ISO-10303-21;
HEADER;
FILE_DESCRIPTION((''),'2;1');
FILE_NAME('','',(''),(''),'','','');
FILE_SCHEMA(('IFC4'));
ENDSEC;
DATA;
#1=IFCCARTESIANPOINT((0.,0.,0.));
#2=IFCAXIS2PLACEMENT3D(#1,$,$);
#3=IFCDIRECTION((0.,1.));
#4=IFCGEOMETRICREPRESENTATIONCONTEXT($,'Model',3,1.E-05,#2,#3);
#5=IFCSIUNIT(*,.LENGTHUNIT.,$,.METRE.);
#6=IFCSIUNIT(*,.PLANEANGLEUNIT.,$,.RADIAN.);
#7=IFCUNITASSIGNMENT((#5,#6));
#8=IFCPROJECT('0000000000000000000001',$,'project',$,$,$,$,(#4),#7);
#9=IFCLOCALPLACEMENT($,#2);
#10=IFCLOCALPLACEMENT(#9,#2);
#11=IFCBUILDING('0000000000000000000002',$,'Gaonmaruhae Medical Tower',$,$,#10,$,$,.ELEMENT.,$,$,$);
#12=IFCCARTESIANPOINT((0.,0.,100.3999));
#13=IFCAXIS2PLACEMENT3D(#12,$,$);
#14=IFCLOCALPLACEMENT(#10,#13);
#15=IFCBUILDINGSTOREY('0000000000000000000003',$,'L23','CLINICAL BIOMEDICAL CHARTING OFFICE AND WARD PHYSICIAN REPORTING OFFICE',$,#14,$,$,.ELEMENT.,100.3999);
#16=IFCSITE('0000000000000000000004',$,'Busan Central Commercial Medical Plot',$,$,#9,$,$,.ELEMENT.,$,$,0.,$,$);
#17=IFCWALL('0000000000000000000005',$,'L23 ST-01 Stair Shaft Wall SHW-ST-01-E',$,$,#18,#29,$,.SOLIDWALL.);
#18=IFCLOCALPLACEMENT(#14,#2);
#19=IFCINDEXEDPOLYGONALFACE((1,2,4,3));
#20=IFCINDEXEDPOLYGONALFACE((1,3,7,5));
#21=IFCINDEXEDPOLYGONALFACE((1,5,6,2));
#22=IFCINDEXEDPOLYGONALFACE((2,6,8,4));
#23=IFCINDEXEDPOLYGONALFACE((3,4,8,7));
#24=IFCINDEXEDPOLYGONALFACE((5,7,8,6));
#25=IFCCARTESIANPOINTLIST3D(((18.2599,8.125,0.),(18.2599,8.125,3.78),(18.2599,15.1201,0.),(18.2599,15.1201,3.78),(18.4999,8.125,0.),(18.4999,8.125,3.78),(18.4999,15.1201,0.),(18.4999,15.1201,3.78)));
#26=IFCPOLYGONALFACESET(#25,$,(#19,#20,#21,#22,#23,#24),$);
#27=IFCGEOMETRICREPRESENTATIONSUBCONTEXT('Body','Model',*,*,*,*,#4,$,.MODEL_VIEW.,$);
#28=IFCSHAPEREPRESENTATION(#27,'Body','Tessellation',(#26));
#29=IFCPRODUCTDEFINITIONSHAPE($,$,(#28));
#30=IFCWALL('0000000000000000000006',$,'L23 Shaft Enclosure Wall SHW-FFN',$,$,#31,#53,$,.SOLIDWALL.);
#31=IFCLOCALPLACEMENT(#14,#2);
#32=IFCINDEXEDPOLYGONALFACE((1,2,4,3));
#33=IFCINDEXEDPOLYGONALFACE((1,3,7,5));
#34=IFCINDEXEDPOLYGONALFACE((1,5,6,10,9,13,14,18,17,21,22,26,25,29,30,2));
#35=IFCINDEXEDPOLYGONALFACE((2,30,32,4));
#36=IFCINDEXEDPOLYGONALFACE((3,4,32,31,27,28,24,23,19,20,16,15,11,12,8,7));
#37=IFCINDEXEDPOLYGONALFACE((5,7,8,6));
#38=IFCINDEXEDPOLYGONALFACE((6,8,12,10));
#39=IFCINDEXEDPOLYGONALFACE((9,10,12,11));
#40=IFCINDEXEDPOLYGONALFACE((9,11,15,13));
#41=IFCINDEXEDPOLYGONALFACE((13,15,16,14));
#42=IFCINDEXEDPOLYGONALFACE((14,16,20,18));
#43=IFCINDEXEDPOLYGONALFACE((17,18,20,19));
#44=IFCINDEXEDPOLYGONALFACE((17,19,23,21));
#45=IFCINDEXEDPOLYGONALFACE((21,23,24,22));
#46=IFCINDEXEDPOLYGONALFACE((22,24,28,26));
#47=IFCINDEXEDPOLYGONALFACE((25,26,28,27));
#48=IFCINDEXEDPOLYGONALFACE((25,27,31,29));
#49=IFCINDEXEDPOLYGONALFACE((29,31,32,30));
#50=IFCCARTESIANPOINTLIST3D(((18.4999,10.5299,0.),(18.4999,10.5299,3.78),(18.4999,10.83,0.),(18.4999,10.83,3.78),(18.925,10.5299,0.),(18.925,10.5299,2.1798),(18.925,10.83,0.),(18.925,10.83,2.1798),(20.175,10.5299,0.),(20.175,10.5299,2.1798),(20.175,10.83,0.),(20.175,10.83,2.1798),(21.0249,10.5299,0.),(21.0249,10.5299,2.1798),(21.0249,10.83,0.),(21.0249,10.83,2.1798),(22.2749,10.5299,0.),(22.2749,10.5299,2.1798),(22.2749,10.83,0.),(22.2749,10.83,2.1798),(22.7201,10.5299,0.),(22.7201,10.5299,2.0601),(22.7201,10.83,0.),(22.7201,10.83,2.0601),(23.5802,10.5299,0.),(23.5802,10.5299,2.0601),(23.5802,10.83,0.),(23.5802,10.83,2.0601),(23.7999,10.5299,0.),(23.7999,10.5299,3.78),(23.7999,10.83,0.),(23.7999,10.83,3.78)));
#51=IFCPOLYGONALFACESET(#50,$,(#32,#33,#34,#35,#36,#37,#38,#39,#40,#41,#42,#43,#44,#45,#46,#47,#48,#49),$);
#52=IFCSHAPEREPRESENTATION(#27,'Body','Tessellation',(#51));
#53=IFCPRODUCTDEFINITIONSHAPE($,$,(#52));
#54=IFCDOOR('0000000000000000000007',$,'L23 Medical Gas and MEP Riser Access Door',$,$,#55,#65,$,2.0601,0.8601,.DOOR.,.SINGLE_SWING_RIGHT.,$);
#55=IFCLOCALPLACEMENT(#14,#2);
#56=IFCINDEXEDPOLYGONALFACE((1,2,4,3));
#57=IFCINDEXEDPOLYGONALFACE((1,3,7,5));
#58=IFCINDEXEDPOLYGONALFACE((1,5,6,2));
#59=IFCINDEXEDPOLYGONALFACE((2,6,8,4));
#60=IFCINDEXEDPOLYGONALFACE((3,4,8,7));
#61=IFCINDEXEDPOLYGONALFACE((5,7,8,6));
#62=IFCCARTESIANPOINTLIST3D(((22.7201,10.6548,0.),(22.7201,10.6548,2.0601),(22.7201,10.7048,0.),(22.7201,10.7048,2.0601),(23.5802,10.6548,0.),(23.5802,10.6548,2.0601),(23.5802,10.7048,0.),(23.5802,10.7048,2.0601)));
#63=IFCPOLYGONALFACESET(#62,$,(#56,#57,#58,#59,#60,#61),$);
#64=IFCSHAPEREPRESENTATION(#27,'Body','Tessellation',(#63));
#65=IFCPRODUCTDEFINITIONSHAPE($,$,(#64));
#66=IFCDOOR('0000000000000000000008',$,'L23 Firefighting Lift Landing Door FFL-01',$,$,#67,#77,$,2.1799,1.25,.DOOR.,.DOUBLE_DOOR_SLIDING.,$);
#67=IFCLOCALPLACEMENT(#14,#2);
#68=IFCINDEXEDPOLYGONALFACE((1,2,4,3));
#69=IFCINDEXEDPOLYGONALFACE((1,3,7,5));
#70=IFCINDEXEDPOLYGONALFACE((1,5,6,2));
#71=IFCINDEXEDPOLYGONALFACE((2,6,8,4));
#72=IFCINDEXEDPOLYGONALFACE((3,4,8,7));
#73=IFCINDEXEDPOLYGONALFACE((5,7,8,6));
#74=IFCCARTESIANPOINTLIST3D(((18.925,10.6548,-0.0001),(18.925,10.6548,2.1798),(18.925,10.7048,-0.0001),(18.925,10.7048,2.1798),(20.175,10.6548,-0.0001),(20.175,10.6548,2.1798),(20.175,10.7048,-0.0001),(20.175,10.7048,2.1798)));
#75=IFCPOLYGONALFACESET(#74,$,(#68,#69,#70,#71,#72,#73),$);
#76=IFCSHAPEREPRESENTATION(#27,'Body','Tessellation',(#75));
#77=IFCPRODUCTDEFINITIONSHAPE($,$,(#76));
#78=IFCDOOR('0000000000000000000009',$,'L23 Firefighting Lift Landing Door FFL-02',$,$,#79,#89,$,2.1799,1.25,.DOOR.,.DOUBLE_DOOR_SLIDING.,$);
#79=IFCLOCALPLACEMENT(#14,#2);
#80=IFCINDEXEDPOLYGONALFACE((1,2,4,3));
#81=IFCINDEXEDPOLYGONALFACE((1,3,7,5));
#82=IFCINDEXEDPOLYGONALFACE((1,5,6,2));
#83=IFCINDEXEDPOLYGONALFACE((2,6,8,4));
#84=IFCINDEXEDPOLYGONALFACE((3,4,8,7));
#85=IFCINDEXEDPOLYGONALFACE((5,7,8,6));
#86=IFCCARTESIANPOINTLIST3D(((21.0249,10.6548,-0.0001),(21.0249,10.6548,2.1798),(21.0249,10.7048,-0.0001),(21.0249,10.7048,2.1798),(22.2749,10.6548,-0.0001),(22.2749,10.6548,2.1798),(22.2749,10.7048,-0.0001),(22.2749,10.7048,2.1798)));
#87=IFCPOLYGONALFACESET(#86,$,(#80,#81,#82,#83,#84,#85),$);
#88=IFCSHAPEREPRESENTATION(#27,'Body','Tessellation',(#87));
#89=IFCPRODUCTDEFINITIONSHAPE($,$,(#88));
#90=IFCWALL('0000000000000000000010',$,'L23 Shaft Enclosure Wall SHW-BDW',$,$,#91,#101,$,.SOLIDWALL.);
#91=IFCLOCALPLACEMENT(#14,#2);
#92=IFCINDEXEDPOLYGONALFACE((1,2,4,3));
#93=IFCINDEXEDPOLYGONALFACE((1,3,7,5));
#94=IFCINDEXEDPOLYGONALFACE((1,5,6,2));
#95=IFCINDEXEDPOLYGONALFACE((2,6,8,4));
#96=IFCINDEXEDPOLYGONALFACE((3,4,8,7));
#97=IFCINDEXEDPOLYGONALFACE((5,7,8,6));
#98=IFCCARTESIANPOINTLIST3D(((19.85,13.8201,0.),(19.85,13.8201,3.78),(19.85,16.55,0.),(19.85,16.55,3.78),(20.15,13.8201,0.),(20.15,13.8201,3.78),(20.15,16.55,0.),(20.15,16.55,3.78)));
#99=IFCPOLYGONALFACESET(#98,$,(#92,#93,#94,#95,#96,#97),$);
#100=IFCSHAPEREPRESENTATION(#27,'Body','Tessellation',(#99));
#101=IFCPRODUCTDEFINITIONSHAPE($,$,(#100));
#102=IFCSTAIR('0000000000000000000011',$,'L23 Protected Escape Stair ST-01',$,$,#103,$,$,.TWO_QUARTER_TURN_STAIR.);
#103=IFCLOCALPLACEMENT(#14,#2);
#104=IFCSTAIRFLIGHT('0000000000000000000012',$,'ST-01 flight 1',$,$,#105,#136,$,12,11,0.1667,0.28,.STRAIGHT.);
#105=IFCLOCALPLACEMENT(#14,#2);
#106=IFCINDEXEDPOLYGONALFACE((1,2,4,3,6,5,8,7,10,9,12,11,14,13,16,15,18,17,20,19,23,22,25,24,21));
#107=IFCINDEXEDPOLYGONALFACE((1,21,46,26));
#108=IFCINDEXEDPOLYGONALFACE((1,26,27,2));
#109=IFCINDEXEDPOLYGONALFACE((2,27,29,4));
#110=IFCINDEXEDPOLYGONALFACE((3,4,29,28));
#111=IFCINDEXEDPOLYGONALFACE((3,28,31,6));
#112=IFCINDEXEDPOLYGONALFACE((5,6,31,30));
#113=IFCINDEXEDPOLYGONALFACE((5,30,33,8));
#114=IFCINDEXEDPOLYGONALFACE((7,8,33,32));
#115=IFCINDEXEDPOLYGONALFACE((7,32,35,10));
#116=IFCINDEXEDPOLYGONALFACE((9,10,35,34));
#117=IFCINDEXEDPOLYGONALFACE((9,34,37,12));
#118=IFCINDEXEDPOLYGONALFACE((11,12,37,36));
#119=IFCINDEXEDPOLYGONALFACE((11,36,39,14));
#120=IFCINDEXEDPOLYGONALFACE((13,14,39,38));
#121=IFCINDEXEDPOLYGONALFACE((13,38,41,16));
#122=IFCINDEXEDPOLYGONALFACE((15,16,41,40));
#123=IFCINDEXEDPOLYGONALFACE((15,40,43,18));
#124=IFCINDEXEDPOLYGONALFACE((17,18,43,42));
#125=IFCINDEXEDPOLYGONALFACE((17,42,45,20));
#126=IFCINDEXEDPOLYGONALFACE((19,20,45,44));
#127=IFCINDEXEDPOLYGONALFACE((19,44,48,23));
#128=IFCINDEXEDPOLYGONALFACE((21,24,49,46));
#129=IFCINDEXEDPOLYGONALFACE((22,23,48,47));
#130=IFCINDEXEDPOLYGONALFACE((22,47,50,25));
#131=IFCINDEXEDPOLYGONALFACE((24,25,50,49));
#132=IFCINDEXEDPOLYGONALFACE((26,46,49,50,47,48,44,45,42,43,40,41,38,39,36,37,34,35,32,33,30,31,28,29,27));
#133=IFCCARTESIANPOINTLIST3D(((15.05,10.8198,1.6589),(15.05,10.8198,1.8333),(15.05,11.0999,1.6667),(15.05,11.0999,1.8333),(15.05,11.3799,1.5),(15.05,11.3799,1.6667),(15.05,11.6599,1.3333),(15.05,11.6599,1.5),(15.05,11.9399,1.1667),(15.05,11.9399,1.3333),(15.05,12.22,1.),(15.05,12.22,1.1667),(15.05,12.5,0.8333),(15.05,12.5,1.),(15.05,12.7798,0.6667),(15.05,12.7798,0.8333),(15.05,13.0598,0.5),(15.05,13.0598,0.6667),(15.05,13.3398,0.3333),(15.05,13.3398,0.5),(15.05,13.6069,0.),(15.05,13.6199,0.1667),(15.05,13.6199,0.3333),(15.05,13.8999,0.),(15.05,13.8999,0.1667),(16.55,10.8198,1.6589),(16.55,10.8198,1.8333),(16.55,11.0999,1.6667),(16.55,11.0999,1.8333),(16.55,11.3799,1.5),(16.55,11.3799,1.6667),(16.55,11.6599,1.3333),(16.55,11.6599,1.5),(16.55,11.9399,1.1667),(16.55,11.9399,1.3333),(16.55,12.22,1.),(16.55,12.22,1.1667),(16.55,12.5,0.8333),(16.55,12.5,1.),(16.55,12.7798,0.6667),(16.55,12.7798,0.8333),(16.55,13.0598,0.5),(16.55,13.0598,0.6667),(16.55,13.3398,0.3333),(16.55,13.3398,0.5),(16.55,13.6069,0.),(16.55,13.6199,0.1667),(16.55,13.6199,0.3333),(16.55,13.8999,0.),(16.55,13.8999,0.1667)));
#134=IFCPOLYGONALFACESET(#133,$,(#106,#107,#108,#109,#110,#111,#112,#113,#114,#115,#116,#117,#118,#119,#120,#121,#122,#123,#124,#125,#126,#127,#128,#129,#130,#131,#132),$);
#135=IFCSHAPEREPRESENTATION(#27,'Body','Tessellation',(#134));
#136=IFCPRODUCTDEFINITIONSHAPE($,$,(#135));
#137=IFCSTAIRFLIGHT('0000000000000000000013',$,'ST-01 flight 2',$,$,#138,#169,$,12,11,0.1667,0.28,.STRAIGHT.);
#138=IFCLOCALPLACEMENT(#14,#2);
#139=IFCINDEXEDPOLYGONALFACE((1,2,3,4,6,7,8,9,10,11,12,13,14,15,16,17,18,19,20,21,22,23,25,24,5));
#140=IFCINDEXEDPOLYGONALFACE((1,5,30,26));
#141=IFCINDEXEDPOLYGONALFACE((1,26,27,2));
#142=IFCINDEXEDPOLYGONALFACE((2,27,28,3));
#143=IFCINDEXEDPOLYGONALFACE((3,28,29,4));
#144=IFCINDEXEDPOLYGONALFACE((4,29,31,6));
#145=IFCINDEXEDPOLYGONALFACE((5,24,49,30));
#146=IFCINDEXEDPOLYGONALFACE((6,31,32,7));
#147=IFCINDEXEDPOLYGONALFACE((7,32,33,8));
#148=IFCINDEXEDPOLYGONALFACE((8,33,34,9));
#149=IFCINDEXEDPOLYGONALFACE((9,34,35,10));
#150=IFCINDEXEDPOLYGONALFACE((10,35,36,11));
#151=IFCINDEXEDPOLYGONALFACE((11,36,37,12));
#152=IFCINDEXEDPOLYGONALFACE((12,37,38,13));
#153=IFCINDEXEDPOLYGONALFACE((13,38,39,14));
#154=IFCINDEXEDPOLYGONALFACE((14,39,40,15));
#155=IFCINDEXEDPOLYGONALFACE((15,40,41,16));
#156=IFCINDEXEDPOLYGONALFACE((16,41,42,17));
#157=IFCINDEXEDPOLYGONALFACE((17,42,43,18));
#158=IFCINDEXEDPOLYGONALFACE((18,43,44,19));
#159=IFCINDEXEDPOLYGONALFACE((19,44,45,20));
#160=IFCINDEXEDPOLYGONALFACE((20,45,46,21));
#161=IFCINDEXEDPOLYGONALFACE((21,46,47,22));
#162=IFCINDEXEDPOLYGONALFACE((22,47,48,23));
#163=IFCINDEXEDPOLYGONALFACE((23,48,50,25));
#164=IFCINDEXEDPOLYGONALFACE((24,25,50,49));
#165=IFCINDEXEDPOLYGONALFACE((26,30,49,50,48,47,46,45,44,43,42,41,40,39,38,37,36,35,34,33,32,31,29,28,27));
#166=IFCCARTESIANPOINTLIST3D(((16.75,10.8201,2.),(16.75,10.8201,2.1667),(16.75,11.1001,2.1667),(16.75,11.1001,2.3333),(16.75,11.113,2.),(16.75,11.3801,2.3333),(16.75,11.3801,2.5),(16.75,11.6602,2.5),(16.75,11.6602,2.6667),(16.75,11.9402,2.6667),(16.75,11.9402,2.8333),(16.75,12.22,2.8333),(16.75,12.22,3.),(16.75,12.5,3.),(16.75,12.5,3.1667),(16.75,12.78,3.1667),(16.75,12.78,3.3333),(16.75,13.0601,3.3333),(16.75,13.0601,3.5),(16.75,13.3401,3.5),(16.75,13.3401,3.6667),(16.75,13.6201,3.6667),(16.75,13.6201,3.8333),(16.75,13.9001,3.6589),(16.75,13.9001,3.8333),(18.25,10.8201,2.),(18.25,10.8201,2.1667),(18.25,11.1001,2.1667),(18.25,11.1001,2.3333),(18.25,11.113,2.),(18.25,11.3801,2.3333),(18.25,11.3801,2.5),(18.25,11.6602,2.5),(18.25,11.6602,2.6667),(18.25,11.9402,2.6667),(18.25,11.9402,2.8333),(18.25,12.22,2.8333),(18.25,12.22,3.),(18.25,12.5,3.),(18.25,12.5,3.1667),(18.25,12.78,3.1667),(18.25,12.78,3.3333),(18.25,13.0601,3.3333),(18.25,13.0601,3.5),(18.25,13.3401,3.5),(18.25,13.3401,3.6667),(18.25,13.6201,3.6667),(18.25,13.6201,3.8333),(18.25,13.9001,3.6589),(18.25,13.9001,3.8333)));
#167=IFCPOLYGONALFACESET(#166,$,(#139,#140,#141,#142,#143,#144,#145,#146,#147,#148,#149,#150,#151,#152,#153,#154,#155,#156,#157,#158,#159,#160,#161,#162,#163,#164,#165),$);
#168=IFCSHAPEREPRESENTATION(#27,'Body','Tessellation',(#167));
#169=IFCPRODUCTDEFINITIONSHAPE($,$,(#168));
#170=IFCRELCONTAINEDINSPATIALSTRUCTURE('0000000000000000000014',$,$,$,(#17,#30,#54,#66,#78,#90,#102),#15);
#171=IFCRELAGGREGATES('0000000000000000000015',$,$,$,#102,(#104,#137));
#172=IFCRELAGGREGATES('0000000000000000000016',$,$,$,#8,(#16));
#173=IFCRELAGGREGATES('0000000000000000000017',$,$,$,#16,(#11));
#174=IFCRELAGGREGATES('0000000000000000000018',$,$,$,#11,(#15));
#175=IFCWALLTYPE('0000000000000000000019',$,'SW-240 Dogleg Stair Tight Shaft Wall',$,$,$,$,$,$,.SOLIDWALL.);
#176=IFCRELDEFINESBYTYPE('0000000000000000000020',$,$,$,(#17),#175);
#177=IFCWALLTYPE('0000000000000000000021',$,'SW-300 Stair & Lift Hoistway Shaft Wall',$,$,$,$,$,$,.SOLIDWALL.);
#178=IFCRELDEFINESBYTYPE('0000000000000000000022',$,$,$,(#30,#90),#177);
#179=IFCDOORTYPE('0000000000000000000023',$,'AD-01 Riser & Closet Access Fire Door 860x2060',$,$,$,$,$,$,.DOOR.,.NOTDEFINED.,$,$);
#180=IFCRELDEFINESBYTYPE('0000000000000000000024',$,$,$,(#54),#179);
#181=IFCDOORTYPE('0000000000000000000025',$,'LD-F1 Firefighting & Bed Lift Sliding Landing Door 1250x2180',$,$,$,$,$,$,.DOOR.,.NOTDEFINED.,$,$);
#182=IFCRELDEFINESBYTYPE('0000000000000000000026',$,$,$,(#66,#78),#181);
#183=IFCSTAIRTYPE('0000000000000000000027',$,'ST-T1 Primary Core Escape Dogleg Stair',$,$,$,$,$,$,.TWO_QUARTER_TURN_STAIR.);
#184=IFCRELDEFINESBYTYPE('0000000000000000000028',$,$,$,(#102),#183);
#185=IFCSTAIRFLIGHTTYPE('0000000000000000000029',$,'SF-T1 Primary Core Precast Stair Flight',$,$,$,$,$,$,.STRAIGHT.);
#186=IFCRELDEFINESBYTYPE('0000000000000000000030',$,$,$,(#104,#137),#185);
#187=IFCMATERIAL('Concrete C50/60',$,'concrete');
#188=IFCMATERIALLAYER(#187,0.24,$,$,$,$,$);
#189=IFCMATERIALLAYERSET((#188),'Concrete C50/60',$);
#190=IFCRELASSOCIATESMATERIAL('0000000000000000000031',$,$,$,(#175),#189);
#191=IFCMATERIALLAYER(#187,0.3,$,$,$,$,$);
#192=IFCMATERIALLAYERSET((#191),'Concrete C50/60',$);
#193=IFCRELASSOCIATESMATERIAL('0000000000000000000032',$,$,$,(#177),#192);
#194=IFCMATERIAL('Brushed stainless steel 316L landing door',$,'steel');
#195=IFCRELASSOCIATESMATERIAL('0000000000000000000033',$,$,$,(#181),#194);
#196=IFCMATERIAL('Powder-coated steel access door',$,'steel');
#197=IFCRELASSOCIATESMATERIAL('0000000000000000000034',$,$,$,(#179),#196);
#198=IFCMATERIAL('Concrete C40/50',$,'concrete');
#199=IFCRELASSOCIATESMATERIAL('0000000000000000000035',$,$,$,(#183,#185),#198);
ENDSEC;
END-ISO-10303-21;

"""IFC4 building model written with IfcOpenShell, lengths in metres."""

from ifc_helpers import new_model, si_unit, direction, frame, frame_2d, origin, place, context, subcontext, project, spatial, polyline, rectangle, outline, extrude, material, layer, layer_set, type_object, element, fill, aggregate, save


model = new_model("IFC4")

# Units and contexts
model_context = context("Model", 3, precision=1e-05, world=origin(), true_north=direction((0.0, 1.0)))
body_context = subcontext(model_context, "Body", "Model", "MODEL_VIEW")
ifc_project = project(units=[si_unit("LENGTHUNIT", "METRE"), si_unit("PLANEANGLEUNIT", "RADIAN")], contexts=[model_context])

# Site, building, storey
site_placement = place(None, origin())
site = spatial("IfcSite", under=ifc_project, at=site_placement, Name="Busan Central Commercial Medical Plot", CompositionType="ELEMENT", RefElevation=0.0)
building_placement = place(site_placement, origin())
building = spatial("IfcBuilding", under=site, at=building_placement, Name="Gaonmaruhae Medical Tower", CompositionType="ELEMENT")
storey_placement = place(building_placement, frame((0.0, 0.0, 100.3999)))
storey = spatial("IfcBuildingStorey", under=building, at=storey_placement, Name="L23", Description="CLINICAL BIOMEDICAL CHARTING OFFICE AND WARD PHYSICIAN REPORTING OFFICE", CompositionType="ELEMENT", Elevation=100.3999)

# Shared definitions
ifc_material_1 = material(Name="Concrete C50/60", Category="concrete")
ifc_layer_1 = layer(ifc_material_1, 0.24)
ifc_layer_set_1 = layer_set([ifc_layer_1], Name="Concrete C50/60")
wall_type_1 = type_object("IfcWallType", Name="SW-240 Dogleg Stair Tight Shaft Wall", PredefinedType="SOLIDWALL", material=ifc_layer_set_1)

# Wall
wall_1_placement = place(storey_placement, frame((18.3799, 15.1201, 0.0), z_axis=(0.0, 0.0, 1.0), x_axis=(0.0, -1.0, 0.0)))
element("IfcWall", 1, at=wall_1_placement, inside=storey, type_object=wall_type_1, Name="L23 ST-01 Stair Shaft Wall SHW-ST-01-E", PredefinedType="SOLIDWALL", context=body_context, shape_type="SweptSolid", body=[
    extrude(rectangle(XDim=6.9951, YDim=0.24, at=frame_2d((3.4976, 0.0))), origin(), (0.0, 0.0, 1.0), 3.78),
])

# Wall, openings, doors
ifc_layer_2 = layer(ifc_material_1, 0.3)
ifc_layer_set_2 = layer_set([ifc_layer_2], Name="Concrete C50/60")
wall_type_2 = type_object("IfcWallType", Name="SW-300 Stair & Lift Hoistway Shaft Wall", PredefinedType="SOLIDWALL", material=ifc_layer_set_2)
ifc_material_2 = material(Name="Brushed stainless steel 316L landing door", Category="steel")
door_type_1 = type_object("IfcDoorType", Name="LD-F1 Firefighting & Bed Lift Sliding Landing Door 1250x2180", OperationType="NOTDEFINED", PredefinedType="DOOR", material=ifc_material_2)
wall_2_placement = place(storey_placement, frame((18.5, 10.6799, 0.0), z_axis=(0.0, 0.0, 1.0), x_axis=(1.0, 0.0, 0.0)))
wall_2 = element("IfcWall", 2, at=wall_2_placement, inside=storey, type_object=wall_type_2, Name="L23 Shaft Enclosure Wall SHW-FFN", PredefinedType="SOLIDWALL", context=body_context, shape_type="SweptSolid", body=[
    extrude(rectangle(XDim=5.3, YDim=0.3, at=frame_2d((2.6499, 0.0))), origin(), (0.0, 0.0, 1.0), 3.78),
])
opening_1_placement = place(wall_2_placement, frame((4.22, 0.0, 0.0)))
opening_1 = element("IfcOpeningElement", 3, at=opening_1_placement, cuts=wall_2, PredefinedType="OPENING", context=body_context, shape_type="SweptSolid", body=[
    extrude(rectangle(XDim=0.8601, YDim=2.0601, at=frame_2d((0.4302, 1.03))), frame((0.0, 0.1602, 0.0), z_axis=(0.0, -1.0, 0.0), x_axis=(1.0, 0.0, 0.0)), (0.0, 0.0, 1.0), 0.3201),
])
opening_2_placement = place(wall_2_placement, frame((0.425, 0.0, 0.0)))
opening_2 = element("IfcOpeningElement", 4, at=opening_2_placement, cuts=wall_2, PredefinedType="OPENING", context=body_context, shape_type="SweptSolid", body=[
    extrude(rectangle(XDim=1.25, YDim=2.1799, at=frame_2d((0.625, 1.0898))), frame((0.0, 0.1602, 0.0), z_axis=(0.0, -1.0, 0.0), x_axis=(1.0, 0.0, 0.0)), (0.0, 0.0, 1.0), 0.3201),
])
opening_3_placement = place(wall_2_placement, frame((2.5249, 0.0, 0.0)))
opening_3 = element("IfcOpeningElement", 5, at=opening_3_placement, cuts=wall_2, PredefinedType="OPENING", context=body_context, shape_type="SweptSolid", body=[
    extrude(rectangle(XDim=1.25, YDim=2.1799, at=frame_2d((0.625, 1.0898))), frame((0.0, 0.1602, 0.0), z_axis=(0.0, -1.0, 0.0), x_axis=(1.0, 0.0, 0.0)), (0.0, 0.0, 1.0), 0.3201),
])
ifc_material_3 = material(Name="Powder-coated steel access door", Category="steel")
door_type_2 = type_object("IfcDoorType", Name="AD-01 Riser & Closet Access Fire Door 860x2060", OperationType="NOTDEFINED", PredefinedType="DOOR", material=ifc_material_3)
door_1_placement = place(opening_1_placement, origin())
door_1 = element("IfcDoor", 6, at=door_1_placement, inside=storey, type_object=door_type_2, Name="L23 Medical Gas and MEP Riser Access Door", OperationType="SINGLE_SWING_RIGHT", OverallHeight=2.0601, OverallWidth=0.8601, PredefinedType="DOOR", context=body_context, shape_type="SweptSolid", body=[
    extrude(rectangle(XDim=0.8601, YDim=2.0601, at=frame_2d((0.4302, 1.03))), frame((0.0, 0.0249, 0.0), z_axis=(0.0, -1.0, 0.0), x_axis=(1.0, 0.0, 0.0)), (0.0, 0.0, 1.0), 0.05),
])
fill(opening_1, door_1)
door_2_placement = place(opening_2_placement, origin())
door_2 = element("IfcDoor", 7, at=door_2_placement, inside=storey, type_object=door_type_1, Name="L23 Firefighting Lift Landing Door FFL-01", OperationType="DOUBLE_DOOR_SLIDING", OverallHeight=2.1799, OverallWidth=1.25, PredefinedType="DOOR", context=body_context, shape_type="SweptSolid", body=[
    extrude(rectangle(XDim=1.25, YDim=2.1799, at=frame_2d((0.625, 1.0898))), frame((0.0, 0.0249, 0.0), z_axis=(0.0, -1.0, 0.0), x_axis=(1.0, 0.0, 0.0)), (0.0, 0.0, 1.0), 0.05),
])
fill(opening_2, door_2)
door_3_placement = place(opening_3_placement, origin())
door_3 = element("IfcDoor", 8, at=door_3_placement, inside=storey, type_object=door_type_1, Name="L23 Firefighting Lift Landing Door FFL-02", OperationType="DOUBLE_DOOR_SLIDING", OverallHeight=2.1799, OverallWidth=1.25, PredefinedType="DOOR", context=body_context, shape_type="SweptSolid", body=[
    extrude(rectangle(XDim=1.25, YDim=2.1799, at=frame_2d((0.625, 1.0898))), frame((0.0, 0.0249, 0.0), z_axis=(0.0, -1.0, 0.0), x_axis=(1.0, 0.0, 0.0)), (0.0, 0.0, 1.0), 0.05),
])
fill(opening_3, door_3)

# Wall
wall_3_placement = place(storey_placement, frame((20.0, 13.8201, 0.0), z_axis=(0.0, 0.0, 1.0), x_axis=(0.0, 1.0, 0.0)))
element("IfcWall", 9, at=wall_3_placement, inside=storey, type_object=wall_type_2, Name="L23 Shaft Enclosure Wall SHW-BDW", PredefinedType="SOLIDWALL", context=body_context, shape_type="SweptSolid", body=[
    extrude(rectangle(XDim=2.73, YDim=0.3, at=frame_2d((1.365, 0.0))), origin(), (0.0, 0.0, 1.0), 3.78),
])

# Stair, stair flights
ifc_material_4 = material(Name="Concrete C40/50", Category="concrete")
stair_type = type_object("IfcStairType", Name="ST-T1 Primary Core Escape Dogleg Stair", PredefinedType="TWO_QUARTER_TURN_STAIR", material=ifc_material_4)
stair_placement = place(storey_placement, origin())
stair = element("IfcStair", 10, at=stair_placement, inside=storey, type_object=stair_type, Name="L23 Protected Escape Stair ST-01", PredefinedType="TWO_QUARTER_TURN_STAIR")
stair_flight_type = type_object("IfcStairFlightType", Name="SF-T1 Primary Core Precast Stair Flight", PredefinedType="STRAIGHT", material=ifc_material_4)
stair_flight_1_placement = place(storey_placement, frame((15.8, 13.8999, 0.0), z_axis=(0.0, 0.0, 1.0), x_axis=(0.0, -1.0, 0.0)))
stair_flight_1 = element("IfcStairFlight", 11, at=stair_flight_1_placement, type_object=stair_flight_type, Name="ST-01 flight 1", NumberOfRisers=12, NumberOfTreads=11, PredefinedType="STRAIGHT", RiserHeight=0.1667, TreadLength=0.28, context=body_context, shape_type="SweptSolid", body=[
    extrude(outline(polyline([(0.0, 0.0), (0.0, 0.1667), (0.28, 0.1667), (0.28, 0.3333), (0.5601, 0.3333), (0.5601, 0.5), (0.8401, 0.5), (0.8401, 0.6667), (1.1201, 0.6667), (1.1201, 0.8333), (1.3999, 0.8333), (1.3999, 1.0), (1.6799, 1.0), (1.6799, 1.1667), (1.96, 1.1667), (1.96, 1.3333), (2.24, 1.3333), (2.24, 1.5), (2.52, 1.5), (2.52, 1.6667), (2.8, 1.6667), (2.8, 1.8333), (3.0801, 1.8333), (3.0801, 2.0), (3.0801, 1.6589), (0.293, 0.0), (0.0, 0.0)])), frame((0.0, 0.75, 0.0), z_axis=(0.0, -1.0, 0.0), x_axis=(1.0, 0.0, 0.0)), (0.0, 0.0, 1.0), 1.5),
])
stair_flight_2_placement = place(storey_placement, frame((17.5, 10.8201, 2.0), z_axis=(0.0, 0.0, 1.0), x_axis=(0.0, 1.0, 0.0)))
stair_flight_2 = element("IfcStairFlight", 12, at=stair_flight_2_placement, type_object=stair_flight_type, Name="ST-01 flight 2", NumberOfRisers=12, NumberOfTreads=11, PredefinedType="STRAIGHT", RiserHeight=0.1667, TreadLength=0.28, context=body_context, shape_type="SweptSolid", body=[
    extrude(outline(polyline([(0.0, 0.0), (0.0, 0.1667), (0.28, 0.1667), (0.28, 0.3333), (0.5601, 0.3333), (0.5601, 0.5), (0.8401, 0.5), (0.8401, 0.6667), (1.1201, 0.6667), (1.1201, 0.8333), (1.3999, 0.8333), (1.3999, 1.0), (1.6799, 1.0), (1.6799, 1.1667), (1.96, 1.1667), (1.96, 1.3333), (2.24, 1.3333), (2.24, 1.5), (2.52, 1.5), (2.52, 1.6667), (2.8, 1.6667), (2.8, 1.8333), (3.0801, 1.8333), (3.0801, 2.0), (3.0801, 1.6589), (0.293, 0.0), (0.0, 0.0)])), frame((0.0, 0.75, 0.0), z_axis=(0.0, -1.0, 0.0), x_axis=(1.0, 0.0, 0.0)), (0.0, 0.0, 1.0), 1.5),
])
aggregate(stair, [stair_flight_1, stair_flight_2])

save(model, "model.ifc")
